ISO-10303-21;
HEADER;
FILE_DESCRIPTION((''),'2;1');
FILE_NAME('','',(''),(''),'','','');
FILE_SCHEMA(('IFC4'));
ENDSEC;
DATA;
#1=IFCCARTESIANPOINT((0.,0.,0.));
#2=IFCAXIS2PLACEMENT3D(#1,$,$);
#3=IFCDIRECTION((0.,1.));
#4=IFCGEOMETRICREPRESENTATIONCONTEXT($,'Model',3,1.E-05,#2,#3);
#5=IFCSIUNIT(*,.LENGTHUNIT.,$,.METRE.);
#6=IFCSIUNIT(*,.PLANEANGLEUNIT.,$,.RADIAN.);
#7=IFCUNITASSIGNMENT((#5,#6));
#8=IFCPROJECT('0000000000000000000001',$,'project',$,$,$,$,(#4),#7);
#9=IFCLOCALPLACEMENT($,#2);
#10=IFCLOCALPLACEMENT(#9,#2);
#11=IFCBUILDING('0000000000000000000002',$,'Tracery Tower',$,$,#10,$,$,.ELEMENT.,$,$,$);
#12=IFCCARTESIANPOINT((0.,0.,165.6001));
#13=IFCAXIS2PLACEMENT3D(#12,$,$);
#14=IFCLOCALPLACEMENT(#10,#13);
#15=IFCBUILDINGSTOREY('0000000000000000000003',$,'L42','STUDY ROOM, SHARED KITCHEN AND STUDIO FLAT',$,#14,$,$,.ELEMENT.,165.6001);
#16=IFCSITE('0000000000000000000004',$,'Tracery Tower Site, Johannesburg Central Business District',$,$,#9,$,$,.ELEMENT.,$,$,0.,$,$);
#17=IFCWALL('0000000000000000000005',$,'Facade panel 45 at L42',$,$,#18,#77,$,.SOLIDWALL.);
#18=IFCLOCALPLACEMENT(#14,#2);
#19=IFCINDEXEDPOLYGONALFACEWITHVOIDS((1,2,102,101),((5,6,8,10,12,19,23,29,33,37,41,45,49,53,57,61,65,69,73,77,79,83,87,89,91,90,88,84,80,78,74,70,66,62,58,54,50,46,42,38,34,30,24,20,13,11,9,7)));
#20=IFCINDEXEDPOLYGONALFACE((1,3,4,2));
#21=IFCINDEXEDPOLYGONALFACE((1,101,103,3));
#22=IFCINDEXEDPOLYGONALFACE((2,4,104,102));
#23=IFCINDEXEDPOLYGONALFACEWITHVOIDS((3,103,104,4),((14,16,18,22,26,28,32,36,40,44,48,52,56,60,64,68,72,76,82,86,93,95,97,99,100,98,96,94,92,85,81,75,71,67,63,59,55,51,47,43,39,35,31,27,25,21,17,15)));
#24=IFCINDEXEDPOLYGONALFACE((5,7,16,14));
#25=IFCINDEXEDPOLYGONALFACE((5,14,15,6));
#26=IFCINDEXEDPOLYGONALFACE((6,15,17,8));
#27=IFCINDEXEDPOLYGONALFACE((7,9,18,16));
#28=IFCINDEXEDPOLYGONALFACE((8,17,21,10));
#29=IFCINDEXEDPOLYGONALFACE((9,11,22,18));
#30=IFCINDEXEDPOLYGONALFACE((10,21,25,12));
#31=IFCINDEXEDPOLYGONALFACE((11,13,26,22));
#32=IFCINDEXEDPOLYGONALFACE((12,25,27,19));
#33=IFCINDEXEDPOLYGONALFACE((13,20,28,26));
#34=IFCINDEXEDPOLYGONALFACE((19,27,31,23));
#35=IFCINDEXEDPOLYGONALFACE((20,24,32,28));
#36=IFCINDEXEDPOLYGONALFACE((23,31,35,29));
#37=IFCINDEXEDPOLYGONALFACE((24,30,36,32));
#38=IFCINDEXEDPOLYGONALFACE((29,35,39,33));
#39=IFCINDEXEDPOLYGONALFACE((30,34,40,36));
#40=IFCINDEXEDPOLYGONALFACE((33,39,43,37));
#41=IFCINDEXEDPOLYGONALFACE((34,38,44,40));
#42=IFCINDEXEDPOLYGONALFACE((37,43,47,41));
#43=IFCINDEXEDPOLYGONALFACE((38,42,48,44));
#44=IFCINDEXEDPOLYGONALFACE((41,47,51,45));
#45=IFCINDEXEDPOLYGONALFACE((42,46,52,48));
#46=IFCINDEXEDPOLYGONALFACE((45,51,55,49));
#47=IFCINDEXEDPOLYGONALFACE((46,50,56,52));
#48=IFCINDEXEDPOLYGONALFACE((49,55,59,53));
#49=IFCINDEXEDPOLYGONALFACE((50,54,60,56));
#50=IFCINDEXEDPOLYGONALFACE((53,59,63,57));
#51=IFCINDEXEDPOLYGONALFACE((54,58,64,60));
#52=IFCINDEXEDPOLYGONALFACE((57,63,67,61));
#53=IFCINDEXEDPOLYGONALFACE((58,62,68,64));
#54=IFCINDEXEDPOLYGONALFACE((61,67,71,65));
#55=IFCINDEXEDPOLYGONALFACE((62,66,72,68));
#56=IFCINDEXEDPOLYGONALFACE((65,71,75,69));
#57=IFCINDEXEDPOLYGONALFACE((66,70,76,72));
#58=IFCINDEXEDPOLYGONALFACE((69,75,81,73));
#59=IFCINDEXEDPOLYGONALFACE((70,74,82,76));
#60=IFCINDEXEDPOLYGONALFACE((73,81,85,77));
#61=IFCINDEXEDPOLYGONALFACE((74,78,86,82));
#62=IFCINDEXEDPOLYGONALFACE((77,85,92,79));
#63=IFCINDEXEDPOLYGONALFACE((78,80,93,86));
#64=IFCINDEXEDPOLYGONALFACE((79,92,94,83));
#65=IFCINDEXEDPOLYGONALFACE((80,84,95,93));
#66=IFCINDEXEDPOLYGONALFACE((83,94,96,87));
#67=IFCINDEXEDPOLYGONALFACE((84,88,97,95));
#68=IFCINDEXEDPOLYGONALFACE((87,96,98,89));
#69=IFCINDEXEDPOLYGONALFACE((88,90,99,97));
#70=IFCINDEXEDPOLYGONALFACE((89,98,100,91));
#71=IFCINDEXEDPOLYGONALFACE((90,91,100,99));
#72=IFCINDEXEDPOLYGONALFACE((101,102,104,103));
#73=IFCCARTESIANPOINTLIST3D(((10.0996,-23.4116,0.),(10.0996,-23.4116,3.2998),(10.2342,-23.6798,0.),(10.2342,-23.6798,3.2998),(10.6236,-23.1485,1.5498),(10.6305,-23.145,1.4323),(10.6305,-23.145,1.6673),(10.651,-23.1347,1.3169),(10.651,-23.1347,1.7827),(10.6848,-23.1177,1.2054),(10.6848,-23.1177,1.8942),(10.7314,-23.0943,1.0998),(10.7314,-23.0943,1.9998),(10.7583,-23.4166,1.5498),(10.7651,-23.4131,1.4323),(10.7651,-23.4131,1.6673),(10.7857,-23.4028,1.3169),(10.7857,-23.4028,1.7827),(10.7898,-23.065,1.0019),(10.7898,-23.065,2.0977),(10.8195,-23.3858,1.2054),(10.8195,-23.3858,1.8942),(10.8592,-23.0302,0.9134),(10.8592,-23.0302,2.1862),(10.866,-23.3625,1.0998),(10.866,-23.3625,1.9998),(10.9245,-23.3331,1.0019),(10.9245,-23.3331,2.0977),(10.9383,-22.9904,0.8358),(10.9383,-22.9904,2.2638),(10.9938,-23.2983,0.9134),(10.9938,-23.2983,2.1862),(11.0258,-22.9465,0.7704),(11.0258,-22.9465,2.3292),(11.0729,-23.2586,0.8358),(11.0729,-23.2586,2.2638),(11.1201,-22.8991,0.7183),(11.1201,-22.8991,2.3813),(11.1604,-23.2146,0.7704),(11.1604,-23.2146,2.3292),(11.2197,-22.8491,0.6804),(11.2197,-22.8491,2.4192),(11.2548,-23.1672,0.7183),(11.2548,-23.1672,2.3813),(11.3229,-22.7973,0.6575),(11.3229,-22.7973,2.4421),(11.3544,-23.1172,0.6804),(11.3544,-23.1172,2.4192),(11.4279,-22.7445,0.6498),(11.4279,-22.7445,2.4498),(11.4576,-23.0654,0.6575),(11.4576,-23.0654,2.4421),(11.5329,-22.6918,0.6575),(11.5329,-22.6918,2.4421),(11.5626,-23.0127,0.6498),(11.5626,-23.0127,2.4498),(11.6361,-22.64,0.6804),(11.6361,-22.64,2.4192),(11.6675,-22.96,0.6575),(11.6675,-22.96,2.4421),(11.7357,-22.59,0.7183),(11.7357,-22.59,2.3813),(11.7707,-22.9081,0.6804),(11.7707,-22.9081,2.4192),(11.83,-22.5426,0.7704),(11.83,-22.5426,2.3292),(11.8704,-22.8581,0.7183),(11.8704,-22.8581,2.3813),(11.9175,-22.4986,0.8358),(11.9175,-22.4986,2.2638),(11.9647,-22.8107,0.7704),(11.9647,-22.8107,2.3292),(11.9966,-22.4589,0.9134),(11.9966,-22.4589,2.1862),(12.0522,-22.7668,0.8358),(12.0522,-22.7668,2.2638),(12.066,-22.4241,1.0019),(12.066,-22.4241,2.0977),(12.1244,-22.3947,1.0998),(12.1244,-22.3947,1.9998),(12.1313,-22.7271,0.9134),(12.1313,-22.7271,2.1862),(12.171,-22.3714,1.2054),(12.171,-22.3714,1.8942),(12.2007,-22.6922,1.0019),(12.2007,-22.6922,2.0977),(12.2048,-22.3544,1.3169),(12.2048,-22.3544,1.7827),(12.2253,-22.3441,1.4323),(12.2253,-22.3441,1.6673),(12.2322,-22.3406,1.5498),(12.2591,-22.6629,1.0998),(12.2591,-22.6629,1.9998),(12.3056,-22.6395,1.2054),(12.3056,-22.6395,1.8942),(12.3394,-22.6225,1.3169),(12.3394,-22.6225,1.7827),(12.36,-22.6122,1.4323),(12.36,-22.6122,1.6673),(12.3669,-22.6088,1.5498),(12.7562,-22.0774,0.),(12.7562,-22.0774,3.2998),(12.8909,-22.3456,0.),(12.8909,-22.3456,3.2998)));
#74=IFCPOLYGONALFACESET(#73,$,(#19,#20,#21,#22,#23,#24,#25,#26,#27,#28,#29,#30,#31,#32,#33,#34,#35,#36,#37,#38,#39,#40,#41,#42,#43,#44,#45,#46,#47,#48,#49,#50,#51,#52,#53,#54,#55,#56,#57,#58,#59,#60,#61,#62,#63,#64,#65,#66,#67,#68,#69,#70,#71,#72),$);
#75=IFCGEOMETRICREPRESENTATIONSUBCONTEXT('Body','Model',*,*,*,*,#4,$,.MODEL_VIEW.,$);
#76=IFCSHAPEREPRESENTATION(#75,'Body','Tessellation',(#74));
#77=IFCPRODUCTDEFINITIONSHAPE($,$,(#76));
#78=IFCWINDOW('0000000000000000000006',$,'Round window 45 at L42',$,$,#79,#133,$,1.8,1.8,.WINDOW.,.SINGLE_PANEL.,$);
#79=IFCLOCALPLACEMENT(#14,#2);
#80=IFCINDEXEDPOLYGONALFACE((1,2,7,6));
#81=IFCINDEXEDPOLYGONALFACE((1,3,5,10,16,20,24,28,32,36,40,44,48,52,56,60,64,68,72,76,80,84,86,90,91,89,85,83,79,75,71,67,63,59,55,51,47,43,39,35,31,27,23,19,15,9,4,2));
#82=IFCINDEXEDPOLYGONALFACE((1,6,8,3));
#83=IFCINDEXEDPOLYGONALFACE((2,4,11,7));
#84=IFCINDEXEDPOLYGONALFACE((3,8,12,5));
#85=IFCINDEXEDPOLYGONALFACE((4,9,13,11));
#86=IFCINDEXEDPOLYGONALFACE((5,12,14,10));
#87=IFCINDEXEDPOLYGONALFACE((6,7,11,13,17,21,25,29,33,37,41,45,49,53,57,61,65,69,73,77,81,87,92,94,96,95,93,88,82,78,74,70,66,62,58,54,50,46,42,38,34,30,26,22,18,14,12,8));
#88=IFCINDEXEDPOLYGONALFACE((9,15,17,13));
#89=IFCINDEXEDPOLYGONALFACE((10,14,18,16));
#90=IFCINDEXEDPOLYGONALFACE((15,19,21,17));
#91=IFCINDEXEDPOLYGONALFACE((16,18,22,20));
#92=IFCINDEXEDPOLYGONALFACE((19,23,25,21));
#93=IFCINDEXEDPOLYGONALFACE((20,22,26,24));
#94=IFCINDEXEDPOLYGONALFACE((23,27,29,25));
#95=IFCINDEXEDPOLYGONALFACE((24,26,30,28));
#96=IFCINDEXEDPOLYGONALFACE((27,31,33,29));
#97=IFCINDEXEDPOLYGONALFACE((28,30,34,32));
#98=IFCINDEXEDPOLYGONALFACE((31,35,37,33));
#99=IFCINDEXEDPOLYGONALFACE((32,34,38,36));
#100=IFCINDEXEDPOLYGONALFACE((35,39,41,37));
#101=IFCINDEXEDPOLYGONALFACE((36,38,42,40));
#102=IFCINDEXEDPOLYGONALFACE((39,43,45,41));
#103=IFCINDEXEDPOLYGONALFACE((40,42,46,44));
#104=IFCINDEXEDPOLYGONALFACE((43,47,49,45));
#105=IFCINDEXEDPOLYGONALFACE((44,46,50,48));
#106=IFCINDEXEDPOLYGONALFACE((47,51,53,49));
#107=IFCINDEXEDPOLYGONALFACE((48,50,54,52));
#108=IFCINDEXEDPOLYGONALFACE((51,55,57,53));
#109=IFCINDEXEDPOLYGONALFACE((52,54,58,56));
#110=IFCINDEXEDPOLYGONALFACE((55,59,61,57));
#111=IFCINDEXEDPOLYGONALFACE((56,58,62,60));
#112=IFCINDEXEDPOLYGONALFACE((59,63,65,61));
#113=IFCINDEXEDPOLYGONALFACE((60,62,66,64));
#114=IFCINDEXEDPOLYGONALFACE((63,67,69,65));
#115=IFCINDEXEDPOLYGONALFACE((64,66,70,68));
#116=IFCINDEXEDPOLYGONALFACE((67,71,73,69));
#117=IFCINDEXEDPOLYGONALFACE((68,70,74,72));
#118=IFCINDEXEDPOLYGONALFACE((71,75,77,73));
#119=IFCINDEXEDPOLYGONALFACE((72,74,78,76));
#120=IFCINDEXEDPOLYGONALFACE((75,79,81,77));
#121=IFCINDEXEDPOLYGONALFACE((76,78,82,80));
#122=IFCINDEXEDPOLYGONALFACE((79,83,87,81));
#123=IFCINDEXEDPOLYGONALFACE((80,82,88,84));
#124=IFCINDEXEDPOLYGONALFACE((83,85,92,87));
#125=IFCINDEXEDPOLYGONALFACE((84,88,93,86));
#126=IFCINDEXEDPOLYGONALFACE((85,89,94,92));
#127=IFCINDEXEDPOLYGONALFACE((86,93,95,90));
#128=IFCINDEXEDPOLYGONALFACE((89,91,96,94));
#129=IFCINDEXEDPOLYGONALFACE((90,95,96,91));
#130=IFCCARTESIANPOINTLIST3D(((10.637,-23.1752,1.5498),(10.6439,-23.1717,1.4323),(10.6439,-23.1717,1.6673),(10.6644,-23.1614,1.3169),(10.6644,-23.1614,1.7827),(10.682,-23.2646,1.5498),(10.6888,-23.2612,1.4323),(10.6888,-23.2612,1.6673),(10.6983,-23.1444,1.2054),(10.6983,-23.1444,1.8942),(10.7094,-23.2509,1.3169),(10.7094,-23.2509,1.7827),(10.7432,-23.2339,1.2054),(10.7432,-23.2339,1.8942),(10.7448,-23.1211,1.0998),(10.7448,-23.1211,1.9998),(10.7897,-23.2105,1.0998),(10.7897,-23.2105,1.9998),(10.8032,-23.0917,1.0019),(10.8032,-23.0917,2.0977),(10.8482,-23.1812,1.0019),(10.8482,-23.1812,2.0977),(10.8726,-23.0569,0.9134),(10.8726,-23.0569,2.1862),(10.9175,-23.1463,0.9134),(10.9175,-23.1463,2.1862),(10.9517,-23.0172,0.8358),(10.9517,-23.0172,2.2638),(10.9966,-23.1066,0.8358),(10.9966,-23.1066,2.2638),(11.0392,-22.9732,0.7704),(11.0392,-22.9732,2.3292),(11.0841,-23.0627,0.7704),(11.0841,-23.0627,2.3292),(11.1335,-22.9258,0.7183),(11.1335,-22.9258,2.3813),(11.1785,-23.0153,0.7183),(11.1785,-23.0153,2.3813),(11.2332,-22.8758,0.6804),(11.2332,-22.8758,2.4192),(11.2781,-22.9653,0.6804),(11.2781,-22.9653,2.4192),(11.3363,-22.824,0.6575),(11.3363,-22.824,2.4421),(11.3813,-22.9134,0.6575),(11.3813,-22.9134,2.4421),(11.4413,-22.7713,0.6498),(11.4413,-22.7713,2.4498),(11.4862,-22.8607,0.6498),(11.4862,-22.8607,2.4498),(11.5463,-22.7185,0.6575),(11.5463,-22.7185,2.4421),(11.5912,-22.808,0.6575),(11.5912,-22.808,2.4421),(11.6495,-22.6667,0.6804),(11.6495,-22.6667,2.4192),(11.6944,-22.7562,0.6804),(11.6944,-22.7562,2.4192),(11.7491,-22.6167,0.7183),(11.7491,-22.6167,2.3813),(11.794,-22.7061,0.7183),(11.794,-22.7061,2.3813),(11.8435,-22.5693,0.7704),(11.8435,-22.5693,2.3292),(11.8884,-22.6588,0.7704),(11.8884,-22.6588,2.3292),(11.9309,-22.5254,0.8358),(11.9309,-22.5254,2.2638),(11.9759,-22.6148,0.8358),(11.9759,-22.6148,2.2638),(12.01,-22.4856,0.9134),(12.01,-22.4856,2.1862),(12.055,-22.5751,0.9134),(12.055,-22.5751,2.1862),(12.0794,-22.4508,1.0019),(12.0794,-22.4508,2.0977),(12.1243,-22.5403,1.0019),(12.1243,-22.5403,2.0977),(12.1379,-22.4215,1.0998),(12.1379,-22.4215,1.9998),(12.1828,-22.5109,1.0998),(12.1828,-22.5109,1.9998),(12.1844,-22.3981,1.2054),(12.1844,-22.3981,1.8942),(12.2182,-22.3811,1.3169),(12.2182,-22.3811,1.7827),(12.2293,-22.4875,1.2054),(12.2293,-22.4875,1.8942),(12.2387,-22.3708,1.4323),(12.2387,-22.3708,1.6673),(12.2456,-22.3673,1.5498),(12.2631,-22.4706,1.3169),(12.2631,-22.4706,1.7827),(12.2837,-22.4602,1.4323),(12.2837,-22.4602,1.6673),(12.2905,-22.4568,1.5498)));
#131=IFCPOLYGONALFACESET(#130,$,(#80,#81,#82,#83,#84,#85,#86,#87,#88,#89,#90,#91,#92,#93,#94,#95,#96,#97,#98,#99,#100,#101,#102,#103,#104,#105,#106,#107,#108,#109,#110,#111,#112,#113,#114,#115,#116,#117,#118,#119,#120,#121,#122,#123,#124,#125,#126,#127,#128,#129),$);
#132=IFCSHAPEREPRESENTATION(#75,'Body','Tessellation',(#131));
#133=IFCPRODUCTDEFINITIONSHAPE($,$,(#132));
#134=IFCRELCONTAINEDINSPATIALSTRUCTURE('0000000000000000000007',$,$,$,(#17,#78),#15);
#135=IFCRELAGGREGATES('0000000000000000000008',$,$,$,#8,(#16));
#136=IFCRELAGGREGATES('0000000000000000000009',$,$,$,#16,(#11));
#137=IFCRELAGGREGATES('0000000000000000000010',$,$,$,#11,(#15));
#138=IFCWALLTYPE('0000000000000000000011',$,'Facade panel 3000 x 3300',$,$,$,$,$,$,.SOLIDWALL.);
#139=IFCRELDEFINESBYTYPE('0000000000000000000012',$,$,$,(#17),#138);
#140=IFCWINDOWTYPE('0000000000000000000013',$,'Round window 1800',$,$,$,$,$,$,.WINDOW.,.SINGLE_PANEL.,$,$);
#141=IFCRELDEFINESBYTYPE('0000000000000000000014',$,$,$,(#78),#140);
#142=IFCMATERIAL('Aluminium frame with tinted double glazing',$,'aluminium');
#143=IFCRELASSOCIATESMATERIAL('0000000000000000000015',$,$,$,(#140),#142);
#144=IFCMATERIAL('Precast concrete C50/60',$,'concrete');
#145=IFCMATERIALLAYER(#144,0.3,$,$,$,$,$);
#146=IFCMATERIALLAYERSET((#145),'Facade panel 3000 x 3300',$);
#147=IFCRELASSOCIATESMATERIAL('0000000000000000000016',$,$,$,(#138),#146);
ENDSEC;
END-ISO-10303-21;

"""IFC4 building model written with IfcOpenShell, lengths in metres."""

from ifc_helpers import new_model, si_unit, direction, frame, frame_2d, origin, origin_2d, place, context, subcontext, project, spatial, rectangle, circle, extrude, material, layer, layer_set, type_object, element, fill, save


model = new_model("IFC4")

# Units and contexts
model_context = context("Model", 3, precision=1e-05, world=origin(), true_north=direction((0.0, 1.0)))
body_context = subcontext(model_context, "Body", "Model", "MODEL_VIEW")
ifc_project = project(units=[si_unit("LENGTHUNIT", "METRE"), si_unit("PLANEANGLEUNIT", "RADIAN")], contexts=[model_context])

# Site, building, storey
site_placement = place(None, origin())
site = spatial("IfcSite", under=ifc_project, at=site_placement, Name="Tracery Tower Site, Johannesburg Central Business District", CompositionType="ELEMENT", RefElevation=0.0)
building_placement = place(site_placement, origin())
building = spatial("IfcBuilding", under=site, at=building_placement, Name="Tracery Tower", CompositionType="ELEMENT")
storey_placement = place(building_placement, frame((0.0, 0.0, 165.6001)))
storey = spatial("IfcBuildingStorey", under=building, at=storey_placement, Name="L42", Description="STUDY ROOM, SHARED KITCHEN AND STUDIO FLAT", CompositionType="ELEMENT", Elevation=165.6001)

# Wall, opening, window
ifc_material_1 = material(Name="Aluminium frame with tinted double glazing", Category="aluminium")
window_type = type_object("IfcWindowType", Name="Round window 1800", PartitioningType="SINGLE_PANEL", PredefinedType="WINDOW", material=ifc_material_1)
ifc_material_2 = material(Name="Precast concrete C50/60", Category="concrete")
ifc_layer_1 = layer(ifc_material_2, 0.3)
ifc_layer_set_1 = layer_set([ifc_layer_1], Name="Facade panel 3000 x 3300")
wall_type_1 = type_object("IfcWallType", Name="Facade panel 3000 x 3300", PredefinedType="SOLIDWALL", material=ifc_layer_set_1)
wall_1_placement = place(storey_placement, frame((10.167, -23.5457, 0.0), z_axis=(0.0, 0.0, 1.0), x_axis=(0.893637, 0.44879, 0.0)))
wall_1 = element("IfcWall", 1, at=wall_1_placement, inside=storey, type_object=wall_type_1, Name="Facade panel 45 at L42", PredefinedType="SOLIDWALL", context=body_context, shape_type="SweptSolid", body=[
    extrude(rectangle(XDim=2.9729, YDim=0.3, at=frame_2d((1.4863, 0.0))), origin(), (0.0, 0.0, 1.0), 3.2998),
])
opening_1_placement = place(wall_1_placement, frame((1.4863, 0.0, 1.5498)))
opening_1 = element("IfcOpeningElement", 2, at=opening_1_placement, cuts=wall_1, PredefinedType="OPENING", context=body_context, shape_type="SweptSolid", body=[
    extrude(circle(Radius=0.9, at=origin_2d()), frame((0.0, 0.1599, 0.0), z_axis=(0.0, -1.0, 0.0), x_axis=(1.0, 0.0, 0.0)), (0.0, 0.0, 1.0), 0.3201),
])
window_1_placement = place(opening_1_placement, origin())
window_1 = element("IfcWindow", 3, at=window_1_placement, inside=storey, type_object=window_type, Name="Round window 45 at L42", OverallHeight=1.8, OverallWidth=1.8, PartitioningType="SINGLE_PANEL", PredefinedType="WINDOW", context=body_context, shape_type="SweptSolid", body=[
    extrude(circle(Radius=0.9, at=origin_2d()), frame((0.0, 0.1201, 0.0), z_axis=(0.0, -1.0, 0.0), x_axis=(1.0, 0.0, 0.0)), (0.0, 0.0, 1.0), 0.1001),
])
fill(opening_1, window_1)

save(model, "model.ifc")
